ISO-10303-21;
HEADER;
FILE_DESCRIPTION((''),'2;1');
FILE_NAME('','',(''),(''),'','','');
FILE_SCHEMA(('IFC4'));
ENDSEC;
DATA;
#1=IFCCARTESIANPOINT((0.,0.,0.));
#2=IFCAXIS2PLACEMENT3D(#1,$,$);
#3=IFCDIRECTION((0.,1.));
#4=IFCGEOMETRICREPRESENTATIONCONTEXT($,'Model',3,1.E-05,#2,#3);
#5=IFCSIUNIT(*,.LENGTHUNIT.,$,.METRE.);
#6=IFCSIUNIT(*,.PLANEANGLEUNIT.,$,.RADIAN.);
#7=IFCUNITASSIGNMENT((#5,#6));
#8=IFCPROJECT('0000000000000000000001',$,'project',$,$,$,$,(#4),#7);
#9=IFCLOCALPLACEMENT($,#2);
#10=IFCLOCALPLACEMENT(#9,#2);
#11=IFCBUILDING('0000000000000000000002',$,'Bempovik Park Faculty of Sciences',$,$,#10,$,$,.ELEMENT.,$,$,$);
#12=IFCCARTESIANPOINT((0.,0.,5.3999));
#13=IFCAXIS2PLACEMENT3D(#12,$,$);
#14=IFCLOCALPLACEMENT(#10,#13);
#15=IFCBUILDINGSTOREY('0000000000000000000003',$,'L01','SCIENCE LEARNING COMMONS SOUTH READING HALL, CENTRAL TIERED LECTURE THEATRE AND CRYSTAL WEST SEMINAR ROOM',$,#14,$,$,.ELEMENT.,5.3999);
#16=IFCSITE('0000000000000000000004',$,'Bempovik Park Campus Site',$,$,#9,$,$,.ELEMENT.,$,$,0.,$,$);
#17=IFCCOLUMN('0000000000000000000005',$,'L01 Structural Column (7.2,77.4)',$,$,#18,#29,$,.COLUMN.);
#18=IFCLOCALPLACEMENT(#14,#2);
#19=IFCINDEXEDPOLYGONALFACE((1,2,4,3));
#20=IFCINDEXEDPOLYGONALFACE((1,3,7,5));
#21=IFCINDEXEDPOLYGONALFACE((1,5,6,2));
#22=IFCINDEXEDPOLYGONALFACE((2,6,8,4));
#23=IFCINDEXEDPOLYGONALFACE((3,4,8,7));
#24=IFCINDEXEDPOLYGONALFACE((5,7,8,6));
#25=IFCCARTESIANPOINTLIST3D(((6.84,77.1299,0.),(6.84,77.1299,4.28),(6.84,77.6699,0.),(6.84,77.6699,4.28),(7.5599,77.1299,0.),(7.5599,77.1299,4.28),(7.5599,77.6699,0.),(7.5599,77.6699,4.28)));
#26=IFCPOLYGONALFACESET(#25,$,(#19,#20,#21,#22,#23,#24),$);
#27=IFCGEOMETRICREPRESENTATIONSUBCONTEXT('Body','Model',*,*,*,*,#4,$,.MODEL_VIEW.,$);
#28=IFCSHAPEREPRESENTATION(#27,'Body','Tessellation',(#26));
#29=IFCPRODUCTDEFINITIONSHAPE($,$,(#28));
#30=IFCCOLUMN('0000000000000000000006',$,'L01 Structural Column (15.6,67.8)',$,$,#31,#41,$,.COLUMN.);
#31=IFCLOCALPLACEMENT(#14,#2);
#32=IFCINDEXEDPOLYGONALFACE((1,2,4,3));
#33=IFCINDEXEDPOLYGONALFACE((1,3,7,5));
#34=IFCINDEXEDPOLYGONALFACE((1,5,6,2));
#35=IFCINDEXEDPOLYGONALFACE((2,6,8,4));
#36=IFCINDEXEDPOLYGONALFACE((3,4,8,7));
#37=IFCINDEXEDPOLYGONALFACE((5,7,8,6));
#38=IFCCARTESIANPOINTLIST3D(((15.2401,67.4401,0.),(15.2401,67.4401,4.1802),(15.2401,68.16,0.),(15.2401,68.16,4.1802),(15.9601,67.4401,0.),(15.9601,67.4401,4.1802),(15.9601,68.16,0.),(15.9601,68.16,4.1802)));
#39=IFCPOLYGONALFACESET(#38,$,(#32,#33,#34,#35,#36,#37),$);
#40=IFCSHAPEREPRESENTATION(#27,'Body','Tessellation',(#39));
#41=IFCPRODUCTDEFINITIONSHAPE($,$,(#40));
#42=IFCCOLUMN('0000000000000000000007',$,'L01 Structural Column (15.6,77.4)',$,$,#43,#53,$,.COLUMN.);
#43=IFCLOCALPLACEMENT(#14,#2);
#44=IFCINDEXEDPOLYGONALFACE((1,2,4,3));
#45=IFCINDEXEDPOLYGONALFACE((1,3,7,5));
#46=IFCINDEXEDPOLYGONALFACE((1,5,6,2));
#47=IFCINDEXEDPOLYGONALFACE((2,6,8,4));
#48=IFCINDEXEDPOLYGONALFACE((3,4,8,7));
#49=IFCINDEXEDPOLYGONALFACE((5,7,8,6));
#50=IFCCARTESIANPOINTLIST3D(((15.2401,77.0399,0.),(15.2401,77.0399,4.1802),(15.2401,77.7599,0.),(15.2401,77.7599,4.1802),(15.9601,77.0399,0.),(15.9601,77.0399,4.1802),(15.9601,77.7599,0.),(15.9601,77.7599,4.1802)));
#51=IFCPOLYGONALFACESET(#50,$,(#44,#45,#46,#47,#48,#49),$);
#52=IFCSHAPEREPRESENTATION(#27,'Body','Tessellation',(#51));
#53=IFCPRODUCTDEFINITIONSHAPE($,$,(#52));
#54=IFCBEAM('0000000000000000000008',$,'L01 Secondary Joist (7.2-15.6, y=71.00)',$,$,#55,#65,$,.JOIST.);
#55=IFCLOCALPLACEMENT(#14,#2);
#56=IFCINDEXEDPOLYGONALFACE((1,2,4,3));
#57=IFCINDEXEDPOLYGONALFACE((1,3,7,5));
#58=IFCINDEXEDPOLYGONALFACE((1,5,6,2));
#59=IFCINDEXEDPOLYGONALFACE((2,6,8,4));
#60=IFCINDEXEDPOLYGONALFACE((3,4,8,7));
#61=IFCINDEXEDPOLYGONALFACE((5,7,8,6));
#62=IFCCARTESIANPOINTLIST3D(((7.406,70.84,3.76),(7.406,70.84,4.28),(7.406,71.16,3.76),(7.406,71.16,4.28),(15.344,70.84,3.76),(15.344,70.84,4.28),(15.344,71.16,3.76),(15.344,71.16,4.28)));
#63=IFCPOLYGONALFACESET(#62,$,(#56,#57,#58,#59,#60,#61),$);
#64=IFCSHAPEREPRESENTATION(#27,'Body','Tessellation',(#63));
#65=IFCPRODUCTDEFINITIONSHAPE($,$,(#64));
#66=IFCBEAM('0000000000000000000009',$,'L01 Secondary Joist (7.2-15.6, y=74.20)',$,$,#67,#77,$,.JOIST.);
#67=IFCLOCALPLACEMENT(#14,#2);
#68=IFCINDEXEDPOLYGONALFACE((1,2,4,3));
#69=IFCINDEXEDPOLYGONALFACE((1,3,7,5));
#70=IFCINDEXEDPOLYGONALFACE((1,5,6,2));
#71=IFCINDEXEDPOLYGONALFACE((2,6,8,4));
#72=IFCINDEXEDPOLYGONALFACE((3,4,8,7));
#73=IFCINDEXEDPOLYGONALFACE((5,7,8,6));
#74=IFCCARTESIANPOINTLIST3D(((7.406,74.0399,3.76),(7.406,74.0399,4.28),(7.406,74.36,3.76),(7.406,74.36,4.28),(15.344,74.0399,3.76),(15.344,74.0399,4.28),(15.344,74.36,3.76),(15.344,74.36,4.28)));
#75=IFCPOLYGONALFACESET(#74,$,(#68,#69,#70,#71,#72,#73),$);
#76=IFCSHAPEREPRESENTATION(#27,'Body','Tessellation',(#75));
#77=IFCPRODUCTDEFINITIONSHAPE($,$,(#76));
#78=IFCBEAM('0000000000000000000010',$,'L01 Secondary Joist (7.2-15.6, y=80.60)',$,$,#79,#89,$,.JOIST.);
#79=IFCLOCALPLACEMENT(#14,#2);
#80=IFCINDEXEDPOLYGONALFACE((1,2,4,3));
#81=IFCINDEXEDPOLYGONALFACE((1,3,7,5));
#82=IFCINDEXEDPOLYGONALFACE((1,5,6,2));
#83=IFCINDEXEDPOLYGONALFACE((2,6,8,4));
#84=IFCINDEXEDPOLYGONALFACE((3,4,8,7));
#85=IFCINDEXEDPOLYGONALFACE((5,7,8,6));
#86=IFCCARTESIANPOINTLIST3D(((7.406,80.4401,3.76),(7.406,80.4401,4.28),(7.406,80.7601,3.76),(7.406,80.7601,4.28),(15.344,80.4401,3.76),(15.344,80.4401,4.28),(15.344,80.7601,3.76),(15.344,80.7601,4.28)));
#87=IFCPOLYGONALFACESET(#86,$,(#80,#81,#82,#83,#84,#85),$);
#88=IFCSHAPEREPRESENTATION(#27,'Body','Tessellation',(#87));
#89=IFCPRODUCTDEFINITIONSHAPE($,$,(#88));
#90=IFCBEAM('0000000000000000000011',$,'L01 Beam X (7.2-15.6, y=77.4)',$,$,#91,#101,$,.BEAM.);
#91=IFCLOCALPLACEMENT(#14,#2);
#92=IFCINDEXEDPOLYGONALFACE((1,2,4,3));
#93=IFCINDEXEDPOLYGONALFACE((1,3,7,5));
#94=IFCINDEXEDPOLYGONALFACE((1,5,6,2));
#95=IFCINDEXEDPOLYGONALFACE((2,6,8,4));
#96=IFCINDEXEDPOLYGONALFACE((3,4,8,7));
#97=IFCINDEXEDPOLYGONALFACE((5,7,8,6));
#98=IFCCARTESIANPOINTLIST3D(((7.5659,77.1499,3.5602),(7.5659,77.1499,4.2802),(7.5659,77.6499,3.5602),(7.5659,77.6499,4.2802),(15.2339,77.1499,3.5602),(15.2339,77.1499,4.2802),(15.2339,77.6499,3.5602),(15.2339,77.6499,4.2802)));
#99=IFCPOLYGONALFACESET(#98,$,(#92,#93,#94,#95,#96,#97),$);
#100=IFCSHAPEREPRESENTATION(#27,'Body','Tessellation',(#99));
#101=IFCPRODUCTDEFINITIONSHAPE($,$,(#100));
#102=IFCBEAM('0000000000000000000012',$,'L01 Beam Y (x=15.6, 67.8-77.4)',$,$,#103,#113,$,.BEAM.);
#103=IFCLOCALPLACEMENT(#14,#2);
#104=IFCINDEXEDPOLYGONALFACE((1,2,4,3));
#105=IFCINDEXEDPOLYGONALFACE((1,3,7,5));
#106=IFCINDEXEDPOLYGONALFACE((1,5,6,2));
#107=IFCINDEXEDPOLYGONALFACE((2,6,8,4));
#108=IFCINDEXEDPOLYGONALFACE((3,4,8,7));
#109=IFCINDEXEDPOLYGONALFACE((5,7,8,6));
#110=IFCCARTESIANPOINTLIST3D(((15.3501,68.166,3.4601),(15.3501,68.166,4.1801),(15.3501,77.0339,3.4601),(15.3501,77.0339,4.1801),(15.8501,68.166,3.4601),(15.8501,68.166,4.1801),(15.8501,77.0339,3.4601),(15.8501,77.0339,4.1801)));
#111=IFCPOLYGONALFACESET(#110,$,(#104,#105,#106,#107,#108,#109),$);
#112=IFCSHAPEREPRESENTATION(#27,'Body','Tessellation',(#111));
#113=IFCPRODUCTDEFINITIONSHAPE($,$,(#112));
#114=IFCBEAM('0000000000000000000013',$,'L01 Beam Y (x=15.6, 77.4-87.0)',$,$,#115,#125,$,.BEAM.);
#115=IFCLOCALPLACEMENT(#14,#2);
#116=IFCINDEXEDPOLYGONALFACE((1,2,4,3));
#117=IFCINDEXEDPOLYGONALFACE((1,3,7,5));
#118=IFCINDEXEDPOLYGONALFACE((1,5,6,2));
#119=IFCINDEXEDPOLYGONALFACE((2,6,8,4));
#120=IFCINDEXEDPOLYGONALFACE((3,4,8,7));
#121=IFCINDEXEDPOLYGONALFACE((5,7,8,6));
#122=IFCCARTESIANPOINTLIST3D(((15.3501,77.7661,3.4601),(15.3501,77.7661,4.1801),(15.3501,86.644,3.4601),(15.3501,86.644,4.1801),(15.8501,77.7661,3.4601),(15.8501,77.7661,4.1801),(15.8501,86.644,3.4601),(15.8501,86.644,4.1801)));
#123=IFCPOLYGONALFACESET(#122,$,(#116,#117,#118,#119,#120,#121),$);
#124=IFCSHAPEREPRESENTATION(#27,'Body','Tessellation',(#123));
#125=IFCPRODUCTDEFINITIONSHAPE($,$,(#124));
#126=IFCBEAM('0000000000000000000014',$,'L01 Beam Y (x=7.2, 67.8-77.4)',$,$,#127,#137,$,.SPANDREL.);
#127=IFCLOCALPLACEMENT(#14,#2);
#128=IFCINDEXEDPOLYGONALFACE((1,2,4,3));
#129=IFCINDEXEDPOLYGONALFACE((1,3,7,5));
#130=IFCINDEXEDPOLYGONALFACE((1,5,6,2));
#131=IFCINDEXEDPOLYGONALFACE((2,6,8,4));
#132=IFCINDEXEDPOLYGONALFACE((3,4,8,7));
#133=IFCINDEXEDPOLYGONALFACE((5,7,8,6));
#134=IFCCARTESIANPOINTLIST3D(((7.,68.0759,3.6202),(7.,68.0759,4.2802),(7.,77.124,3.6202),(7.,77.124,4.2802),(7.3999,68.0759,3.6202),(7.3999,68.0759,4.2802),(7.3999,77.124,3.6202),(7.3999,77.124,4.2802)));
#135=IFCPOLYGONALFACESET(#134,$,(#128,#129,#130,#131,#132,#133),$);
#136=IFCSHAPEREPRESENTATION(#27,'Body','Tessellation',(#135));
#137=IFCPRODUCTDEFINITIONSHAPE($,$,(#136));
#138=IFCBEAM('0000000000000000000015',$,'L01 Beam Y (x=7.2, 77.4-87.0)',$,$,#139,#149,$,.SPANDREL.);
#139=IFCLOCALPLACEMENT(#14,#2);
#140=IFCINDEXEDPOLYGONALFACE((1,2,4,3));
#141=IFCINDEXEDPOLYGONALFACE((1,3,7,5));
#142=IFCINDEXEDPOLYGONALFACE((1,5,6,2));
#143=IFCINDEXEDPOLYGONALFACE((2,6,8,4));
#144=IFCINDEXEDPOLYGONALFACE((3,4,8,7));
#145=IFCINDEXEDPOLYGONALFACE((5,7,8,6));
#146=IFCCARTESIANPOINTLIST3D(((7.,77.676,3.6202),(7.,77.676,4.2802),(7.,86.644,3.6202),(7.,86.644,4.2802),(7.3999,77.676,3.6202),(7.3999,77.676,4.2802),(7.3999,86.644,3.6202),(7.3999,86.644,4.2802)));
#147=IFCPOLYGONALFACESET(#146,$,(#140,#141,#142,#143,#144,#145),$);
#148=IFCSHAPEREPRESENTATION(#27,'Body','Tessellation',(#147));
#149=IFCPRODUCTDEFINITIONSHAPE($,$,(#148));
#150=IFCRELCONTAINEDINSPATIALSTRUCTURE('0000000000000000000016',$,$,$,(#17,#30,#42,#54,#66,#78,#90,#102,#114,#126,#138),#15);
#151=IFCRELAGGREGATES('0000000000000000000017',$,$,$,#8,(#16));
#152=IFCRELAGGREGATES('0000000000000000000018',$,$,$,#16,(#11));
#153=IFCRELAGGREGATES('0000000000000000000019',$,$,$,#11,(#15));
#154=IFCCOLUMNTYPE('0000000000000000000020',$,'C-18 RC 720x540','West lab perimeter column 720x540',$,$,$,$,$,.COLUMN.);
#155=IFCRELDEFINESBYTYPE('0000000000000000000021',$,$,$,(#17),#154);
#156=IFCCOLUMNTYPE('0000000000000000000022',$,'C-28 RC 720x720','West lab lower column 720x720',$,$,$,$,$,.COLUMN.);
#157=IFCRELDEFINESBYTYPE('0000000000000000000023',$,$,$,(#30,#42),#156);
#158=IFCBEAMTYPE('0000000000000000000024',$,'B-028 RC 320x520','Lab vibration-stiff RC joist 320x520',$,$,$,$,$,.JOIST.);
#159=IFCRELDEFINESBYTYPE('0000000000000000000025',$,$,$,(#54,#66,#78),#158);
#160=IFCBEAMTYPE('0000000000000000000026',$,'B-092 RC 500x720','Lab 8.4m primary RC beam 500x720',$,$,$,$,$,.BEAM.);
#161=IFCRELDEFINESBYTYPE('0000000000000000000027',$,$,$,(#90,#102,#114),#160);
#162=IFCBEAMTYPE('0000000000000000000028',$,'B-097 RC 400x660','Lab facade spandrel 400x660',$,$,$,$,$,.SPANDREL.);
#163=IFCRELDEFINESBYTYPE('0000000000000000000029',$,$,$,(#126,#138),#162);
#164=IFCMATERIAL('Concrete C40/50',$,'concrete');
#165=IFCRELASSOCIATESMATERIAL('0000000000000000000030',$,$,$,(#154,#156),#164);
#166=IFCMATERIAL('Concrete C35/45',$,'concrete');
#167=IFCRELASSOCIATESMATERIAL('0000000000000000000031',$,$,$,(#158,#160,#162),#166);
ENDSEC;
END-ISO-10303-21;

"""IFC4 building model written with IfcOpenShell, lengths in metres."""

from ifc_helpers import new_model, si_unit, direction, frame, origin, origin_2d, place, context, subcontext, project, spatial, rectangle, extrude, material, material_profile, profile_set, type_object, element, save


model = new_model("IFC4")

# Units and contexts
model_context = context("Model", 3, precision=1e-05, world=origin(), true_north=direction((0.0, 1.0)))
body_context = subcontext(model_context, "Body", "Model", "MODEL_VIEW")
ifc_project = project(units=[si_unit("LENGTHUNIT", "METRE"), si_unit("PLANEANGLEUNIT", "RADIAN")], contexts=[model_context])

# Site, building, storey
site_placement = place(None, origin())
site = spatial("IfcSite", under=ifc_project, at=site_placement, Name="Bempovik Park Campus Site", CompositionType="ELEMENT", RefElevation=0.0)
building_placement = place(site_placement, origin())
building = spatial("IfcBuilding", under=site, at=building_placement, Name="Bempovik Park Faculty of Sciences", CompositionType="ELEMENT")
storey_placement = place(building_placement, frame((0.0, 0.0, 5.3999)))
storey = spatial("IfcBuildingStorey", under=building, at=storey_placement, Name="L01", Description="SCIENCE LEARNING COMMONS SOUTH READING HALL, CENTRAL TIERED LECTURE THEATRE AND CRYSTAL WEST SEMINAR ROOM", CompositionType="ELEMENT", Elevation=5.3999)

# Columns
ifc_material_1 = material(Name="Concrete C40/50", Category="concrete")
ifc_material_profile_1 = material_profile(ifc_material_1, rectangle(XDim=0.72, YDim=0.54, at=origin_2d()), Name="RC 720x540")
ifc_profile_set_1 = profile_set([ifc_material_profile_1], Name="Concrete C40/50")
column_type_1 = type_object("IfcColumnType", Name="C-18 RC 720x540", Description="West lab perimeter column 720x540", PredefinedType="COLUMN", material=ifc_profile_set_1)
column_placement = place(storey_placement, frame((7.2, 77.3999, 0.0), z_axis=(0.0, 0.0, 1.0), x_axis=(1.0, 0.0, 0.0)))
element("IfcColumn", 1, at=column_placement, inside=storey, type_object=column_type_1, Name="L01 Structural Column (7.2,77.4)", PredefinedType="COLUMN", context=body_context, shape_type="SweptSolid", body=[
    extrude(rectangle(XDim=0.72, YDim=0.54, at=origin_2d()), origin(), (0.0, 0.0, 1.0), 4.28),
])
ifc_material_profile_2 = material_profile(ifc_material_1, rectangle(XDim=0.72, YDim=0.72, at=origin_2d()), Name="RC 720x720")
ifc_profile_set_2 = profile_set([ifc_material_profile_2], Name="Concrete C40/50")
column_type_2 = type_object("IfcColumnType", Name="C-28 RC 720x720", Description="West lab lower column 720x720", PredefinedType="COLUMN", material=ifc_profile_set_2)
for number, where, z_axis, x_axis, name in (
    (2, (15.6001, 67.8, 0.0), (0.0, 0.0, 1.0), (1.0, 0.0, 0.0), "L01 Structural Column (15.6,67.8)"),
    (3, (15.6001, 77.3999, 0.0), (0.0, 0.0, 1.0), (1.0, 0.0, 0.0), "L01 Structural Column (15.6,77.4)"),
):
    element("IfcColumn", number, at=place(storey_placement, frame(where, z_axis=z_axis, x_axis=x_axis)), inside=storey, type_object=column_type_2, Name=name, PredefinedType="COLUMN", context=body_context, shape_type="SweptSolid", body=[
        extrude(rectangle(XDim=0.72, YDim=0.72, at=origin_2d()), origin(), (0.0, 0.0, 1.0), 4.1802),
    ])

# Beams
ifc_material_2 = material(Name="Concrete C35/45", Category="concrete")
ifc_material_profile_3 = material_profile(ifc_material_2, rectangle(XDim=0.3201, YDim=0.52, at=origin_2d()), Name="RC 320x520")
ifc_profile_set_3 = profile_set([ifc_material_profile_3], Name="Concrete C35/45")
beam_type_1 = type_object("IfcBeamType", Name="B-028 RC 320x520", Description="Lab vibration-stiff RC joist 320x520", PredefinedType="JOIST", material=ifc_profile_set_3)
for number, where, z_axis, x_axis, name in (
    (4, (7.406, 71.0, 4.02), (1.0, 0.0, 0.0), (0.0, 1.0, 0.0), "L01 Secondary Joist (7.2-15.6, y=71.00)"),
    (5, (7.406, 74.2, 4.02), (1.0, 0.0, 0.0), (0.0, 1.0, 0.0), "L01 Secondary Joist (7.2-15.6, y=74.20)"),
    (6, (7.406, 80.6001, 4.02), (1.0, 0.0, 0.0), (0.0, 1.0, 0.0), "L01 Secondary Joist (7.2-15.6, y=80.60)"),
):
    element("IfcBeam", number, at=place(storey_placement, frame(where, z_axis=z_axis, x_axis=x_axis)), inside=storey, type_object=beam_type_1, Name=name, PredefinedType="JOIST", context=body_context, shape_type="SweptSolid", body=[
        extrude(rectangle(XDim=0.3201, YDim=0.52, at=origin_2d()), origin(), (0.0, 0.0, 1.0), 7.938),
    ])
ifc_material_profile_4 = material_profile(ifc_material_2, rectangle(XDim=0.5, YDim=0.72, at=origin_2d()), Name="RC 500x720")
ifc_profile_set_4 = profile_set([ifc_material_profile_4], Name="Concrete C35/45")
beam_type_2 = type_object("IfcBeamType", Name="B-092 RC 500x720", Description="Lab 8.4m primary RC beam 500x720", PredefinedType="BEAM", material=ifc_profile_set_4)
beam_1_placement = place(storey_placement, frame((7.5659, 77.3999, 3.9202), z_axis=(1.0, 0.0, 0.0), x_axis=(0.0, 1.0, 0.0)))
element("IfcBeam", 7, at=beam_1_placement, inside=storey, type_object=beam_type_2, Name="L01 Beam X (7.2-15.6, y=77.4)", PredefinedType="BEAM", context=body_context, shape_type="SweptSolid", body=[
    extrude(rectangle(XDim=0.5, YDim=0.72, at=origin_2d()), origin(), (0.0, 0.0, 1.0), 7.668),
])
beam_2_placement = place(storey_placement, frame((15.6001, 68.166, 3.8201), z_axis=(0.0, 1.0, 0.0), x_axis=(-1.0, 0.0, 0.0)))
element("IfcBeam", 8, at=beam_2_placement, inside=storey, type_object=beam_type_2, Name="L01 Beam Y (x=15.6, 67.8-77.4)", PredefinedType="BEAM", context=body_context, shape_type="SweptSolid", body=[
    extrude(rectangle(XDim=0.5, YDim=0.72, at=origin_2d()), origin(), (0.0, 0.0, 1.0), 8.8679),
])
beam_3_placement = place(storey_placement, frame((15.6001, 77.7661, 3.8201), z_axis=(0.0, 1.0, 0.0), x_axis=(-1.0, 0.0, 0.0)))
element("IfcBeam", 9, at=beam_3_placement, inside=storey, type_object=beam_type_2, Name="L01 Beam Y (x=15.6, 77.4-87.0)", PredefinedType="BEAM", context=body_context, shape_type="SweptSolid", body=[
    extrude(rectangle(XDim=0.5, YDim=0.72, at=origin_2d()), origin(), (0.0, 0.0, 1.0), 8.8779),
])
ifc_material_profile_5 = material_profile(ifc_material_2, rectangle(XDim=0.3999, YDim=0.6599, at=origin_2d()), Name="RC 400x660")
ifc_profile_set_5 = profile_set([ifc_material_profile_5], Name="Concrete C35/45")
beam_type_3 = type_object("IfcBeamType", Name="B-097 RC 400x660", Description="Lab facade spandrel 400x660", PredefinedType="SPANDREL", material=ifc_profile_set_5)
beam_4_placement = place(storey_placement, frame((7.2, 68.0759, 3.9502), z_axis=(0.0, 1.0, 0.0), x_axis=(-1.0, 0.0, 0.0)))
element("IfcBeam", 10, at=beam_4_placement, inside=storey, type_object=beam_type_3, Name="L01 Beam Y (x=7.2, 67.8-77.4)", PredefinedType="SPANDREL", context=body_context, shape_type="SweptSolid", body=[
    extrude(rectangle(XDim=0.3999, YDim=0.6599, at=origin_2d()), origin(), (0.0, 0.0, 1.0), 9.0481),
])
beam_5_placement = place(storey_placement, frame((7.2, 77.676, 3.9502), z_axis=(0.0, 1.0, 0.0), x_axis=(-1.0, 0.0, 0.0)))
element("IfcBeam", 11, at=beam_5_placement, inside=storey, type_object=beam_type_3, Name="L01 Beam Y (x=7.2, 77.4-87.0)", PredefinedType="SPANDREL", context=body_context, shape_type="SweptSolid", body=[
    extrude(rectangle(XDim=0.3999, YDim=0.6599, at=origin_2d()), origin(), (0.0, 0.0, 1.0), 8.968),
])

save(model, "model.ifc")
